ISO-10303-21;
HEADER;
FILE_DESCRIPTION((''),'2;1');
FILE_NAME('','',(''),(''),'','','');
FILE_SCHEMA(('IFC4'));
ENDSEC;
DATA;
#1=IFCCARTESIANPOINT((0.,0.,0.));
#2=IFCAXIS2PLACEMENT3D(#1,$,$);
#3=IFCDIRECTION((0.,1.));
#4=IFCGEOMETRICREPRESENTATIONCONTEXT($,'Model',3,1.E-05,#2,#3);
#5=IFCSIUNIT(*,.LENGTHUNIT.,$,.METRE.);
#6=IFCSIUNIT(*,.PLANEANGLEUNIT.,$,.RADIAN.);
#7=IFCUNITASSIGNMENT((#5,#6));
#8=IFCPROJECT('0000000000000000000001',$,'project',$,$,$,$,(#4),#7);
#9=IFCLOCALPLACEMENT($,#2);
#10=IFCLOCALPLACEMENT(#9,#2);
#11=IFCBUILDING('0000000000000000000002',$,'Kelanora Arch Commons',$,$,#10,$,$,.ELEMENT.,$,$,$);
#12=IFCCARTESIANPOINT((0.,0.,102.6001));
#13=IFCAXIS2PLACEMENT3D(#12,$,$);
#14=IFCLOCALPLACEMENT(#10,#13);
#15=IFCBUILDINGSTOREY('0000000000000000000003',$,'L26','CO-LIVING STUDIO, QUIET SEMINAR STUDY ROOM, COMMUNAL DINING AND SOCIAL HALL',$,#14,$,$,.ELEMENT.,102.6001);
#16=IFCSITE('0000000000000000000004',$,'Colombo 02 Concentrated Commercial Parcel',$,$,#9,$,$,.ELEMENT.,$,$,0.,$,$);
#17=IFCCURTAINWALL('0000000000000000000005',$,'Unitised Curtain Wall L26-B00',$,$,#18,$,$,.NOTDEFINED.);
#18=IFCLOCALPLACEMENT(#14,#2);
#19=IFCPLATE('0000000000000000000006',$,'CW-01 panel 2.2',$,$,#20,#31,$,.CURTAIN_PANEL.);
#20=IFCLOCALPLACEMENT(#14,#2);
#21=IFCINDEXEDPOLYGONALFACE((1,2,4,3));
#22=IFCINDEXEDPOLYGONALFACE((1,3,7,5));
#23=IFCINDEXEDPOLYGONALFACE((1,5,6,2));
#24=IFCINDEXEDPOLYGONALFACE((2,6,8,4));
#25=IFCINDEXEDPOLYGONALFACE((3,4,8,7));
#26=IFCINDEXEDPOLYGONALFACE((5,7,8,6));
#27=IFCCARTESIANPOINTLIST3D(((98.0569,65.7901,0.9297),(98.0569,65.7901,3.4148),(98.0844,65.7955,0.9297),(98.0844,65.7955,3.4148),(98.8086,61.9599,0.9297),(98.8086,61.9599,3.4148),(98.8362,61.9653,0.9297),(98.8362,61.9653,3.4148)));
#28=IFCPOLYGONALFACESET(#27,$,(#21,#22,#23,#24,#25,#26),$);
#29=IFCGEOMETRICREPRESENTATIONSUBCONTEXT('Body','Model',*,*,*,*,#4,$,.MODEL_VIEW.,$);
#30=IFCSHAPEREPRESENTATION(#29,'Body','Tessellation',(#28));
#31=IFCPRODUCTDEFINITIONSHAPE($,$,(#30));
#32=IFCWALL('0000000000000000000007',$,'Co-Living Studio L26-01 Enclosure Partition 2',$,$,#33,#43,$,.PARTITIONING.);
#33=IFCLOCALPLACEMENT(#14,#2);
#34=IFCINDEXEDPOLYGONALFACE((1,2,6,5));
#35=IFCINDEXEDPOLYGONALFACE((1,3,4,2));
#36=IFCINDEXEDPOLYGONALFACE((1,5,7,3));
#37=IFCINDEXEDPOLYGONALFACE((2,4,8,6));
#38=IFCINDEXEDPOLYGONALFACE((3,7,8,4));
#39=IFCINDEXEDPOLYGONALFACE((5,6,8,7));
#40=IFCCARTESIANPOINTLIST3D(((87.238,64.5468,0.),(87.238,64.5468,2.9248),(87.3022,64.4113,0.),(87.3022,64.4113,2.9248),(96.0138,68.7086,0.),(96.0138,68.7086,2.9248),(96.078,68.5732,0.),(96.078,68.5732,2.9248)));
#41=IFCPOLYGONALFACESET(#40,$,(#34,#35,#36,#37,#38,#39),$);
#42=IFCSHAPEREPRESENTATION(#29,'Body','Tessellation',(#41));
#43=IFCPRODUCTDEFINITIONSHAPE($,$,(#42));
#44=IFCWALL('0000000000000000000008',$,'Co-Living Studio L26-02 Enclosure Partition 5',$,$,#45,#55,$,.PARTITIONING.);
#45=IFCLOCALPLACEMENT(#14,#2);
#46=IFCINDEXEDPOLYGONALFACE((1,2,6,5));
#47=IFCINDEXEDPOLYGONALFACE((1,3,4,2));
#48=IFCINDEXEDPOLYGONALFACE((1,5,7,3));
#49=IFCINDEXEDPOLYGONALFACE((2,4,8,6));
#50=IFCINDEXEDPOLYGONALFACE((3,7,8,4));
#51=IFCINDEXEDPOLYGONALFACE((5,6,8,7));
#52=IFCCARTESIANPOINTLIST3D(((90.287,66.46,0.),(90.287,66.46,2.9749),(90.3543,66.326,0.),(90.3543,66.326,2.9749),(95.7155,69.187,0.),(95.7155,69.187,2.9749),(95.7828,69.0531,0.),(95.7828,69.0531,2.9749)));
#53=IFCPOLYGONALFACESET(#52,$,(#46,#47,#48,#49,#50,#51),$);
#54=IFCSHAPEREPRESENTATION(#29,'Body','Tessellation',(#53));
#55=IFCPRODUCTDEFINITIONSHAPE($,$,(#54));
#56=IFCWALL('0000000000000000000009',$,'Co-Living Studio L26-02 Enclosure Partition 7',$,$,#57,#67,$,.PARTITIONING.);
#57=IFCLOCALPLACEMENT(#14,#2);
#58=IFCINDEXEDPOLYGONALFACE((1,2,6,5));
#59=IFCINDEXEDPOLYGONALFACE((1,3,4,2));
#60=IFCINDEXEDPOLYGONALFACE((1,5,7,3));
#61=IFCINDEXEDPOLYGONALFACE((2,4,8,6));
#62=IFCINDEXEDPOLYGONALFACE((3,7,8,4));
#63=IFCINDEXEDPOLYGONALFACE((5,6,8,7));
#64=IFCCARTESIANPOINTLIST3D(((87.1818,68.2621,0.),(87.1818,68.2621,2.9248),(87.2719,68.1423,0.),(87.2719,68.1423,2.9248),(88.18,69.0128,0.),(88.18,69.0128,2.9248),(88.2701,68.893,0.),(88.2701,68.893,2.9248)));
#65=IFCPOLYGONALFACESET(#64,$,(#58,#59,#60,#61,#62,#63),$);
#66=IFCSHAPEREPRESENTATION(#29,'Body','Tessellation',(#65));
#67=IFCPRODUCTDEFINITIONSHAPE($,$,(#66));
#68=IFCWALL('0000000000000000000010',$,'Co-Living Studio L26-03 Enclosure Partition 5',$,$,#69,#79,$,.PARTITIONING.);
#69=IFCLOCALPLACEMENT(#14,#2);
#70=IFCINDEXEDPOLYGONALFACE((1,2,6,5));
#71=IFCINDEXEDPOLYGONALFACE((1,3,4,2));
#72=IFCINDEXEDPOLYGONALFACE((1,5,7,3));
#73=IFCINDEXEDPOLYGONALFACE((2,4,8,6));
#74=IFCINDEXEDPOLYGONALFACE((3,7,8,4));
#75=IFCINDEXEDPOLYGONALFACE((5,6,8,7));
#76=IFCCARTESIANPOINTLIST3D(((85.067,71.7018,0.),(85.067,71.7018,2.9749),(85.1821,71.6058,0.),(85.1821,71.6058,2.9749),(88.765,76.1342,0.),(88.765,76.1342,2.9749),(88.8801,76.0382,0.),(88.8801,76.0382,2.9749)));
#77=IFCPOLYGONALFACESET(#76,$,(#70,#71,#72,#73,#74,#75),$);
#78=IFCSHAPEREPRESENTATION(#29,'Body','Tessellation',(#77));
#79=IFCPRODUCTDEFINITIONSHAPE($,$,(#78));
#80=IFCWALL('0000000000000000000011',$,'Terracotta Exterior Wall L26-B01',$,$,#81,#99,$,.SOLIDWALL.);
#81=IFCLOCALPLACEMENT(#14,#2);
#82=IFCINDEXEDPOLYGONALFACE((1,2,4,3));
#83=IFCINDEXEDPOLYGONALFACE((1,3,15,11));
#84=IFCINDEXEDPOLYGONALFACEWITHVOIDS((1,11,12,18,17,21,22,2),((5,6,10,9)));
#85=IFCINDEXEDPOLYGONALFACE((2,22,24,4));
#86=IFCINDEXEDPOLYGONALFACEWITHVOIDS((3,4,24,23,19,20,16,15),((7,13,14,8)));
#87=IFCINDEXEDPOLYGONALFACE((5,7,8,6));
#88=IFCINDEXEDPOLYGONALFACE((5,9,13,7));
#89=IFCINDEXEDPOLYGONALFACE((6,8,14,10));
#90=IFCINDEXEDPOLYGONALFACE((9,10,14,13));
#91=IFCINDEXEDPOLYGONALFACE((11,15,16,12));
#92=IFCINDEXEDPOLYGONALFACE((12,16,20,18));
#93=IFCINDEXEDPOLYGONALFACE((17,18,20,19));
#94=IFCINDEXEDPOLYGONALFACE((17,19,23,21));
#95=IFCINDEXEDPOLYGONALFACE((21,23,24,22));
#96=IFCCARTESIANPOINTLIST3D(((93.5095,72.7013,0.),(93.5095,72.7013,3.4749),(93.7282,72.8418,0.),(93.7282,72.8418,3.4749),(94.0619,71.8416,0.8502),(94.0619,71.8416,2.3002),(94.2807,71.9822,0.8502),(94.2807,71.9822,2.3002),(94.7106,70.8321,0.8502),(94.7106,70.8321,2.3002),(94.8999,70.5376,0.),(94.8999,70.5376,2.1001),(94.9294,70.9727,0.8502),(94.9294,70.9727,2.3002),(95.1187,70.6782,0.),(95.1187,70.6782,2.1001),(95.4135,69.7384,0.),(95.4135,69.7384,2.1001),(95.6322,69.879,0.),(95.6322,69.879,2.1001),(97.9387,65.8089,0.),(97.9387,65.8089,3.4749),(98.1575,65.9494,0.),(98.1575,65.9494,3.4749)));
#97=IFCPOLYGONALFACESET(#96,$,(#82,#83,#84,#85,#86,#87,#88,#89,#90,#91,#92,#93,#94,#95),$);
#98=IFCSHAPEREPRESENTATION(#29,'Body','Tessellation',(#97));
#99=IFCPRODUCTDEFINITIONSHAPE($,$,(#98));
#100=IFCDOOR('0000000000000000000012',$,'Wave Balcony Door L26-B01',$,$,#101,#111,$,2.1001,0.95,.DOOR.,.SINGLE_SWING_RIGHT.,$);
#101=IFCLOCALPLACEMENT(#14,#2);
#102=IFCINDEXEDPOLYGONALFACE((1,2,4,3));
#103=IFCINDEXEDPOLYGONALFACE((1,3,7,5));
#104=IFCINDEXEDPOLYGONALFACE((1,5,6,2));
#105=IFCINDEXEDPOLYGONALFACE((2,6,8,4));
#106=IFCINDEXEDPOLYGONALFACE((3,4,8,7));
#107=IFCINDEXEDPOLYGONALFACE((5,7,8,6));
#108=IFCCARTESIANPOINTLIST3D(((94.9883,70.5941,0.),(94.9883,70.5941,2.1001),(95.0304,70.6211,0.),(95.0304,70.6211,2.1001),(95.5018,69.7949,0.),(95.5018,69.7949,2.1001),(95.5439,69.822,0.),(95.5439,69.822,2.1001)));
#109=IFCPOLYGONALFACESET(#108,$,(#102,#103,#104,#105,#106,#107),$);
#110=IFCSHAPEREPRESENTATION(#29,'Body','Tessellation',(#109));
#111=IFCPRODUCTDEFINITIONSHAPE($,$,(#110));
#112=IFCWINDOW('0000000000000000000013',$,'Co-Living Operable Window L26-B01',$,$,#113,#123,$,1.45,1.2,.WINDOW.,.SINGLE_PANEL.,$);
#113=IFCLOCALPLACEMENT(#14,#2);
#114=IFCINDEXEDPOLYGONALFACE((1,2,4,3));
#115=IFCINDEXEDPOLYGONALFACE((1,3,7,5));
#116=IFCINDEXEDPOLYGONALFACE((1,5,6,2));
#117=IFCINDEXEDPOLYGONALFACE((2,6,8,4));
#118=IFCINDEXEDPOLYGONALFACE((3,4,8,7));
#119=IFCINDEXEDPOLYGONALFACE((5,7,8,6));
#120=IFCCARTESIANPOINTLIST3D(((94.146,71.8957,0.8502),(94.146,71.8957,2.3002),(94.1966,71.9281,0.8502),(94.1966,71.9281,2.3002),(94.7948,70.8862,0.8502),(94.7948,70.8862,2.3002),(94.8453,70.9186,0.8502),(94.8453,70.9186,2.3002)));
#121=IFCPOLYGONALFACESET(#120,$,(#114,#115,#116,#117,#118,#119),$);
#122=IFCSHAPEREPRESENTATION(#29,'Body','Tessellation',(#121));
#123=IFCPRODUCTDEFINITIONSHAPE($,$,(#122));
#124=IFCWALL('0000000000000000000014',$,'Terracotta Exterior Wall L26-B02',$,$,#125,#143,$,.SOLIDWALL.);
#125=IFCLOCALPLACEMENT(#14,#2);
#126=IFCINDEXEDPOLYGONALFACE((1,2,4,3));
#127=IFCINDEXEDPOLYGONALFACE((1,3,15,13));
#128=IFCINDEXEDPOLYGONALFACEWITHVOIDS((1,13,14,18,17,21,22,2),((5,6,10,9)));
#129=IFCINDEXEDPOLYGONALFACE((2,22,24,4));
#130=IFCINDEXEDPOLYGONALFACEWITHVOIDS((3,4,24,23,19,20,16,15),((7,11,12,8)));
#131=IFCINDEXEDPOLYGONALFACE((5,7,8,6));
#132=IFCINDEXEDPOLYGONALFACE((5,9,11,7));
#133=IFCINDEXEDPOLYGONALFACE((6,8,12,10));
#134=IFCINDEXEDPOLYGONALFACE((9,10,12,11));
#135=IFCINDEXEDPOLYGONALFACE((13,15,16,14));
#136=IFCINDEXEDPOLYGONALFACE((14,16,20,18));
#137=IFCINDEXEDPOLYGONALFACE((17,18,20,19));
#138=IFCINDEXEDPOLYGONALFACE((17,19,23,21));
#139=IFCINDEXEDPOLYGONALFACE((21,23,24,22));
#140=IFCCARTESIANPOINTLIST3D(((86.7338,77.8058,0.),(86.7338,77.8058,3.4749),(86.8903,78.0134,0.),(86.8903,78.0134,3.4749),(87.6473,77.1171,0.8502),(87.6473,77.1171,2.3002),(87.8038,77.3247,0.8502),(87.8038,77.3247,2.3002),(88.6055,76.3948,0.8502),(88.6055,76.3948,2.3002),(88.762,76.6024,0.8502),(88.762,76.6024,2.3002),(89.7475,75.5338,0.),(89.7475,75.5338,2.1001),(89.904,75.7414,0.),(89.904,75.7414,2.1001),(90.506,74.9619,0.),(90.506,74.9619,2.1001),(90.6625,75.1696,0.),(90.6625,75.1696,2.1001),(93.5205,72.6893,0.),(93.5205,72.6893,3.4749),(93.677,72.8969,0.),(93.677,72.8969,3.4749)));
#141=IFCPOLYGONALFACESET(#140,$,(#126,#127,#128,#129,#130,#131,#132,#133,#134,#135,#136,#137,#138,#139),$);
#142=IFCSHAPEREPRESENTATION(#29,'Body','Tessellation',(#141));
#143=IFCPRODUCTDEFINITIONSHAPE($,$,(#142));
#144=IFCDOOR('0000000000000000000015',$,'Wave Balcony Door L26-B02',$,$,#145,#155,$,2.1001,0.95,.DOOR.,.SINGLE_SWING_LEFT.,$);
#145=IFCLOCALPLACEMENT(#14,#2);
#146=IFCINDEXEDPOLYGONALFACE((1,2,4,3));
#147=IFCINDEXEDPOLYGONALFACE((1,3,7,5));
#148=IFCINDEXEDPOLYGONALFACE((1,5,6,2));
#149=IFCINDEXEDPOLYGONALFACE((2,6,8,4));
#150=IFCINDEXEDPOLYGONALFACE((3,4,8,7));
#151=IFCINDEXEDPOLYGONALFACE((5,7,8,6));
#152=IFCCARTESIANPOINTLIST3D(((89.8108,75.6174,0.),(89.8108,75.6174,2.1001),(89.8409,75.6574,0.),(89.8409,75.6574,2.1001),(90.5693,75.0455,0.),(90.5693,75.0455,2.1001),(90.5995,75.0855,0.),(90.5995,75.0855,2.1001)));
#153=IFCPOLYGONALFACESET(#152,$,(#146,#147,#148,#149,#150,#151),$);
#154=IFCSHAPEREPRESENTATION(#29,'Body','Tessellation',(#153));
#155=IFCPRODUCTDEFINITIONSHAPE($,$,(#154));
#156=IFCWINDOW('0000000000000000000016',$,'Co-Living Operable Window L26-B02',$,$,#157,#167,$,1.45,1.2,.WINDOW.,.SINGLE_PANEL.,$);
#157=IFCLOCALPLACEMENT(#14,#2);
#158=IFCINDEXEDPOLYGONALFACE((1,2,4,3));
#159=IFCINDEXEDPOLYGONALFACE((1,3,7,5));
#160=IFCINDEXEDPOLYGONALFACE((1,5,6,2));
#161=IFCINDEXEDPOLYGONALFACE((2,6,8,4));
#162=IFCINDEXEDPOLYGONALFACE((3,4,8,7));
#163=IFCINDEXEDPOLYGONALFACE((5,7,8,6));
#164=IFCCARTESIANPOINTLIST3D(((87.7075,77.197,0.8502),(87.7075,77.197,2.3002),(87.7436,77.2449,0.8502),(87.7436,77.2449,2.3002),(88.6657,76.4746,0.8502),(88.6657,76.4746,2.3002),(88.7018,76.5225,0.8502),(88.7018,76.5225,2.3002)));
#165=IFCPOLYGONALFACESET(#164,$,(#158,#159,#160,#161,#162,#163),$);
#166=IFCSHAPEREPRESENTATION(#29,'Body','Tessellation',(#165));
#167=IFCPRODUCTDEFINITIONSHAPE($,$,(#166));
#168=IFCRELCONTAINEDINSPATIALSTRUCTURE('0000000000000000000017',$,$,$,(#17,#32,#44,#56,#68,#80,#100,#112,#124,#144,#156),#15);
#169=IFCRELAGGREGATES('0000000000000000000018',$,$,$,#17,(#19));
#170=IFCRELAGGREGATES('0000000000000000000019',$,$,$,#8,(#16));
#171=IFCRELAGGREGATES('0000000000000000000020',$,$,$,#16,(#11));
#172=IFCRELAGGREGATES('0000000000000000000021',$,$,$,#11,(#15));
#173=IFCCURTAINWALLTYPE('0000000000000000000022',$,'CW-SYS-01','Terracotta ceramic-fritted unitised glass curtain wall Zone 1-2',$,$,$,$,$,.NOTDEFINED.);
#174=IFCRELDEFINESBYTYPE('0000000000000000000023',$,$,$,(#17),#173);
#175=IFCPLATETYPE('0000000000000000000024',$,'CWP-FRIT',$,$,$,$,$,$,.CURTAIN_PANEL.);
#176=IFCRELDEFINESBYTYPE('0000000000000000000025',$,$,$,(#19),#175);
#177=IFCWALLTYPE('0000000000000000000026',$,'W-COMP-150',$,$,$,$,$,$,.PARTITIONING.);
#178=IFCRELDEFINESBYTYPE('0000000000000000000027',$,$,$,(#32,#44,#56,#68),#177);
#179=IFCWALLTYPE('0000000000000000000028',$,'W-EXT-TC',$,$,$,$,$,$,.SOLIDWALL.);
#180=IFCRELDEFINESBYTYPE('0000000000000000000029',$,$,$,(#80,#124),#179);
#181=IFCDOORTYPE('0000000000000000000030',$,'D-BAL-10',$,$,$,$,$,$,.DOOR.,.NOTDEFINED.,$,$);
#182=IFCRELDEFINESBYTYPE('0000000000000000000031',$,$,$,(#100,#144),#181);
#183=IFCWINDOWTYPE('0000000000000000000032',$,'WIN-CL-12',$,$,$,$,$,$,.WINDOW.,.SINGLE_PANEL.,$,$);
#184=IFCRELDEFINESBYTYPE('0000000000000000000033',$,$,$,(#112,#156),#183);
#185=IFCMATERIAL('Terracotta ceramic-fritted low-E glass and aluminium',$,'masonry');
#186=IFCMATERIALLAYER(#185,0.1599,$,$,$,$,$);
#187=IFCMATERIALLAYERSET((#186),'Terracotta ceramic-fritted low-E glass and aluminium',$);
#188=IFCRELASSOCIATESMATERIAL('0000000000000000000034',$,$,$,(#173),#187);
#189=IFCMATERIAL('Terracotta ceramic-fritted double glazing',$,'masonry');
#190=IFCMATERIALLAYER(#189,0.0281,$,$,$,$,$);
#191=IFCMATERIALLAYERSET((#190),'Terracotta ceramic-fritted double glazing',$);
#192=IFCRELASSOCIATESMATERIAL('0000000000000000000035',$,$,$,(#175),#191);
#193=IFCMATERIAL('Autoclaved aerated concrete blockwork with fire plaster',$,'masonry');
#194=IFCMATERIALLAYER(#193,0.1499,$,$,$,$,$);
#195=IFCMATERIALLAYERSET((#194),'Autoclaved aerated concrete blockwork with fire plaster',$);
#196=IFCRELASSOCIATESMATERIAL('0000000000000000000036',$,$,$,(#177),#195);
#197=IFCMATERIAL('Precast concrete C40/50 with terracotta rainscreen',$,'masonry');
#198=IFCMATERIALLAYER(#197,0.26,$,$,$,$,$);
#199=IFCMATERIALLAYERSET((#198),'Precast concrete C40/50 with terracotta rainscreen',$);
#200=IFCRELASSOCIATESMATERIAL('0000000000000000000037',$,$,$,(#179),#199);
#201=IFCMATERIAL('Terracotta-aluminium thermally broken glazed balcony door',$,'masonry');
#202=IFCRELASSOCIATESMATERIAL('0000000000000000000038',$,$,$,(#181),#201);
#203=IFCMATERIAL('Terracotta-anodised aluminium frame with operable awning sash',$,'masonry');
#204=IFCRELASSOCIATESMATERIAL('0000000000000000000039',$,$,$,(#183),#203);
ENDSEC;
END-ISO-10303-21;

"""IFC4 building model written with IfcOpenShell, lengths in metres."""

from ifc_helpers import new_model, si_unit, direction, frame, frame_2d, origin, origin_2d, place, context, subcontext, project, spatial, rectangle, extrude, source, transform, mapped, material, layer, layer_set, type_object, element, fill, aggregate, save


model = new_model("IFC4")

# Units and contexts
model_context = context("Model", 3, precision=1e-05, world=origin(), true_north=direction((0.0, 1.0)))
body_context = subcontext(model_context, "Body", "Model", "MODEL_VIEW")
ifc_project = project(units=[si_unit("LENGTHUNIT", "METRE"), si_unit("PLANEANGLEUNIT", "RADIAN")], contexts=[model_context])

# Site, building, storey
site_placement = place(None, origin())
site = spatial("IfcSite", under=ifc_project, at=site_placement, Name="Colombo 02 Concentrated Commercial Parcel", CompositionType="ELEMENT", RefElevation=0.0)
building_placement = place(site_placement, origin())
building = spatial("IfcBuilding", under=site, at=building_placement, Name="Kelanora Arch Commons", CompositionType="ELEMENT")
storey_placement = place(building_placement, frame((0.0, 0.0, 102.6001)))
storey = spatial("IfcBuildingStorey", under=building, at=storey_placement, Name="L26", Description="CO-LIVING STUDIO, QUIET SEMINAR STUDY ROOM, COMMUNAL DINING AND SOCIAL HALL", CompositionType="ELEMENT", Elevation=102.6001)

# Curtain wall
ifc_material_1 = material(Name="Terracotta ceramic-fritted low-E glass and aluminium", Category="masonry")
ifc_layer_1 = layer(ifc_material_1, 0.1599)
ifc_layer_set_1 = layer_set([ifc_layer_1], Name="Terracotta ceramic-fritted low-E glass and aluminium")
curtain_wall_type = type_object("IfcCurtainWallType", Name="CW-SYS-01", Description="Terracotta ceramic-fritted unitised glass curtain wall Zone 1-2", PredefinedType="NOTDEFINED", material=ifc_layer_set_1)
curtain_wall_1_placement = place(storey_placement, origin())
curtain_wall_1 = element("IfcCurtainWall", 1, at=curtain_wall_1_placement, inside=storey, type_object=curtain_wall_type, Name="Unitised Curtain Wall L26-B00", PredefinedType="NOTDEFINED")

# Plate
ifc_material_2 = material(Name="Terracotta ceramic-fritted double glazing", Category="masonry")
ifc_layer_2 = layer(ifc_material_2, 0.0281)
ifc_layer_set_2 = layer_set([ifc_layer_2], Name="Terracotta ceramic-fritted double glazing")
plate_type = type_object("IfcPlateType", Name="CWP-FRIT", PredefinedType="CURTAIN_PANEL", material=ifc_layer_set_2)
shared_shape_1 = source(origin(), body_context, "Body", "SweptSolid", [
    extrude(rectangle(XDim=3.9033, YDim=0.0281, at=origin_2d()), origin(), (0.0, 0.0, 1.0), 2.4851),
])
plate_placement = place(storey_placement, frame((98.4465, 63.8777, 0.9297), z_axis=(0.0, 0.0, 1.0), x_axis=(-0.192585, 0.98128, 0.0)))
plate = element("IfcPlate", 2, at=plate_placement, type_object=plate_type, Name="CW-01 panel 2.2", PredefinedType="CURTAIN_PANEL", context=body_context, shape_type="MappedRepresentation", body=[
    mapped(shared_shape_1, transform((0.0, 0.0, 0.0), scale=1.0)),
])
aggregate(curtain_wall_1, [plate])

# Walls
ifc_material_3 = material(Name="Autoclaved aerated concrete blockwork with fire plaster", Category="masonry")
ifc_layer_3 = layer(ifc_material_3, 0.1499)
ifc_layer_set_3 = layer_set([ifc_layer_3], Name="Autoclaved aerated concrete blockwork with fire plaster")
wall_type_1 = type_object("IfcWallType", Name="W-COMP-150", PredefinedType="PARTITIONING", material=ifc_layer_set_3)
wall_1_placement = place(storey_placement, frame((87.27, 64.479, 0.0), z_axis=(0.0, 0.0, 1.0), x_axis=(0.903544, 0.428496, 0.0)))
element("IfcWall", 3, at=wall_1_placement, inside=storey, type_object=wall_type_1, Name="Co-Living Studio L26-01 Enclosure Partition 2", PredefinedType="PARTITIONING", context=body_context, shape_type="SweptSolid", body=[
    extrude(rectangle(XDim=9.7126, YDim=0.1499, at=frame_2d((4.8564, 0.0))), origin(), (0.0, 0.0, 1.0), 2.9248),
])
wall_2_placement = place(storey_placement, frame((95.7493, 69.1201, 0.0), z_axis=(0.0, 0.0, 1.0), x_axis=(-0.893582, -0.448901, 0.0)))
element("IfcWall", 4, at=wall_2_placement, inside=storey, type_object=wall_type_1, Name="Co-Living Studio L26-02 Enclosure Partition 5", PredefinedType="PARTITIONING", context=body_context, shape_type="SweptSolid", body=[
    extrude(rectangle(XDim=6.075, YDim=0.1499, at=frame_2d((3.0376, 0.0))), origin(), (0.0, 0.0, 1.0), 2.9749),
])
wall_3_placement = place(storey_placement, frame((88.2251, 68.9529, 0.0), z_axis=(0.0, 0.0, 1.0), x_axis=(-0.799225, -0.601032, 0.0)))
element("IfcWall", 5, at=wall_3_placement, inside=storey, type_object=wall_type_1, Name="Co-Living Studio L26-02 Enclosure Partition 7", PredefinedType="PARTITIONING", context=body_context, shape_type="SweptSolid", body=[
    extrude(rectangle(XDim=1.249, YDim=0.1499, at=frame_2d((0.6245, 0.0))), origin(), (0.0, 0.0, 1.0), 2.9248),
])
wall_4_placement = place(storey_placement, frame((88.8225, 76.0862, 0.0), z_axis=(0.0, 0.0, 1.0), x_axis=(-0.640629, -0.76785, 0.0)))
element("IfcWall", 6, at=wall_4_placement, inside=storey, type_object=wall_type_1, Name="Co-Living Studio L26-03 Enclosure Partition 5", PredefinedType="PARTITIONING", context=body_context, shape_type="SweptSolid", body=[
    extrude(rectangle(XDim=5.7725, YDim=0.1499, at=frame_2d((2.8862, 0.0))), origin(), (0.0, 0.0, 1.0), 2.9749),
])

# Walls, openings, doors, windows
ifc_material_4 = material(Name="Precast concrete C40/50 with terracotta rainscreen", Category="masonry")
ifc_layer_4 = layer(ifc_material_4, 0.26)
ifc_layer_set_4 = layer_set([ifc_layer_4], Name="Precast concrete C40/50 with terracotta rainscreen")
wall_type_2 = type_object("IfcWallType", Name="W-EXT-TC", PredefinedType="SOLIDWALL", material=ifc_layer_set_4)
wall_5_placement = place(storey_placement, frame((98.0481, 65.8792, 0.0), z_axis=(0.0, 0.0, 1.0), x_axis=(-0.540621, 0.841267, 0.0)))
wall_5 = element("IfcWall", 7, at=wall_5_placement, inside=storey, type_object=wall_type_2, Name="Terracotta Exterior Wall L26-B01", PredefinedType="SOLIDWALL", context=body_context, shape_type="SweptSolid", body=[
    extrude(rectangle(XDim=8.1929, YDim=0.26, at=frame_2d((4.0964, 0.0))), origin(), (0.0, 0.0, 1.0), 3.4749),
])
opening_1_placement = place(wall_5_placement, frame((4.6709, 0.0, 0.0)))
opening_1 = element("IfcOpeningElement", 8, at=opening_1_placement, cuts=wall_5, PredefinedType="OPENING", context=body_context, shape_type="SweptSolid", body=[
    extrude(rectangle(XDim=0.95, YDim=2.1001, at=frame_2d((0.4751, 1.05))), frame((0.0, 0.1401, 0.0), z_axis=(0.0, -1.0, 0.0), x_axis=(1.0, 0.0, 0.0)), (0.0, 0.0, 1.0), 0.28),
])
opening_2_placement = place(wall_5_placement, frame((5.9709, 0.0, 0.8501)))
opening_2 = element("IfcOpeningElement", 9, at=opening_2_placement, cuts=wall_5, PredefinedType="OPENING", context=body_context, shape_type="SweptSolid", body=[
    extrude(rectangle(XDim=1.2, YDim=1.45, at=frame_2d((0.6001, 0.7251))), frame((0.0, 0.1401, 0.0), z_axis=(0.0, -1.0, 0.0), x_axis=(1.0, 0.0, 0.0)), (0.0, 0.0, 1.0), 0.28),
])
ifc_material_5 = material(Name="Terracotta-aluminium thermally broken glazed balcony door", Category="masonry")
door_type = type_object("IfcDoorType", Name="D-BAL-10", OperationType="NOTDEFINED", PredefinedType="DOOR", material=ifc_material_5)
door_1_placement = place(opening_1_placement, frame((0.95, 0.0, 0.0), z_axis=(0.0, 0.0, 1.0), x_axis=(-1.0, 0.0, 0.0)))
door_1 = element("IfcDoor", 10, at=door_1_placement, inside=storey, type_object=door_type, Name="Wave Balcony Door L26-B01", OperationType="SINGLE_SWING_RIGHT", OverallHeight=2.1001, OverallWidth=0.95, PredefinedType="DOOR", context=body_context, shape_type="SweptSolid", body=[
    extrude(rectangle(XDim=0.95, YDim=2.1001, at=frame_2d((0.4751, 1.05))), frame((0.0, 0.0249, 0.0), z_axis=(0.0, -1.0, 0.0), x_axis=(1.0, 0.0, 0.0)), (0.0, 0.0, 1.0), 0.05),
])
fill(opening_1, door_1)
ifc_material_6 = material(Name="Terracotta-anodised aluminium frame with operable awning sash", Category="masonry")
window_type = type_object("IfcWindowType", Name="WIN-CL-12", PartitioningType="SINGLE_PANEL", PredefinedType="WINDOW", material=ifc_material_6)
window_1_placement = place(opening_2_placement, origin())
window_1 = element("IfcWindow", 11, at=window_1_placement, inside=storey, type_object=window_type, Name="Co-Living Operable Window L26-B01", OverallHeight=1.45, OverallWidth=1.2, PartitioningType="SINGLE_PANEL", PredefinedType="WINDOW", context=body_context, shape_type="SweptSolid", body=[
    extrude(rectangle(XDim=1.2, YDim=1.45, at=frame_2d((0.6001, 0.7251))), frame((0.0, 0.03, 0.0), z_axis=(0.0, -1.0, 0.0), x_axis=(1.0, 0.0, 0.0)), (0.0, 0.0, 1.0), 0.0601),
])
fill(opening_2, window_1)
wall_6_placement = place(storey_placement, frame((93.5986, 72.7932, 0.0), z_axis=(0.0, 0.0, 1.0), x_axis=(-0.798502, 0.601993, 0.0)))
wall_6 = element("IfcWall", 12, at=wall_6_placement, inside=storey, type_object=wall_type_2, Name="Terracotta Exterior Wall L26-B02", PredefinedType="SOLIDWALL", context=body_context, shape_type="SweptSolid", body=[
    extrude(rectangle(XDim=8.4993, YDim=0.26, at=frame_2d((4.2495, 0.0))), origin(), (0.0, 0.0, 1.0), 3.4749),
])
opening_3_placement = place(wall_6_placement, frame((3.7749, 0.0, 0.0)))
opening_3 = element("IfcOpeningElement", 13, at=opening_3_placement, cuts=wall_6, PredefinedType="OPENING", context=body_context, shape_type="SweptSolid", body=[
    extrude(rectangle(XDim=0.95, YDim=2.1001, at=frame_2d((0.4751, 1.05))), frame((0.0, 0.1401, 0.0), z_axis=(0.0, -1.0, 0.0), x_axis=(1.0, 0.0, 0.0)), (0.0, 0.0, 1.0), 0.28),
])
opening_4_placement = place(wall_6_placement, frame((6.155, 0.0, 0.8501)))
opening_4 = element("IfcOpeningElement", 14, at=opening_4_placement, cuts=wall_6, PredefinedType="OPENING", context=body_context, shape_type="SweptSolid", body=[
    extrude(rectangle(XDim=1.2, YDim=1.45, at=frame_2d((0.6001, 0.7251))), frame((0.0, 0.1401, 0.0), z_axis=(0.0, -1.0, 0.0), x_axis=(1.0, 0.0, 0.0)), (0.0, 0.0, 1.0), 0.28),
])
door_2_placement = place(opening_3_placement, frame((0.95, 0.0, 0.0), z_axis=(0.0, 0.0, 1.0), x_axis=(-1.0, 0.0, 0.0)))
door_2 = element("IfcDoor", 15, at=door_2_placement, inside=storey, type_object=door_type, Name="Wave Balcony Door L26-B02", OperationType="SINGLE_SWING_LEFT", OverallHeight=2.1001, OverallWidth=0.95, PredefinedType="DOOR", context=body_context, shape_type="SweptSolid", body=[
    extrude(rectangle(XDim=0.95, YDim=2.1001, at=frame_2d((0.4751, 1.05))), frame((0.0, 0.0249, 0.0), z_axis=(0.0, -1.0, 0.0), x_axis=(1.0, 0.0, 0.0)), (0.0, 0.0, 1.0), 0.05),
])
fill(opening_3, door_2)
window_2_placement = place(opening_4_placement, origin())
window_2 = element("IfcWindow", 16, at=window_2_placement, inside=storey, type_object=window_type, Name="Co-Living Operable Window L26-B02", OverallHeight=1.45, OverallWidth=1.2, PartitioningType="SINGLE_PANEL", PredefinedType="WINDOW", context=body_context, shape_type="SweptSolid", body=[
    extrude(rectangle(XDim=1.2, YDim=1.45, at=frame_2d((0.6001, 0.7251))), frame((0.0, 0.03, 0.0), z_axis=(0.0, -1.0, 0.0), x_axis=(1.0, 0.0, 0.0)), (0.0, 0.0, 1.0), 0.0601),
])
fill(opening_4, window_2)

save(model, "model.ifc")
